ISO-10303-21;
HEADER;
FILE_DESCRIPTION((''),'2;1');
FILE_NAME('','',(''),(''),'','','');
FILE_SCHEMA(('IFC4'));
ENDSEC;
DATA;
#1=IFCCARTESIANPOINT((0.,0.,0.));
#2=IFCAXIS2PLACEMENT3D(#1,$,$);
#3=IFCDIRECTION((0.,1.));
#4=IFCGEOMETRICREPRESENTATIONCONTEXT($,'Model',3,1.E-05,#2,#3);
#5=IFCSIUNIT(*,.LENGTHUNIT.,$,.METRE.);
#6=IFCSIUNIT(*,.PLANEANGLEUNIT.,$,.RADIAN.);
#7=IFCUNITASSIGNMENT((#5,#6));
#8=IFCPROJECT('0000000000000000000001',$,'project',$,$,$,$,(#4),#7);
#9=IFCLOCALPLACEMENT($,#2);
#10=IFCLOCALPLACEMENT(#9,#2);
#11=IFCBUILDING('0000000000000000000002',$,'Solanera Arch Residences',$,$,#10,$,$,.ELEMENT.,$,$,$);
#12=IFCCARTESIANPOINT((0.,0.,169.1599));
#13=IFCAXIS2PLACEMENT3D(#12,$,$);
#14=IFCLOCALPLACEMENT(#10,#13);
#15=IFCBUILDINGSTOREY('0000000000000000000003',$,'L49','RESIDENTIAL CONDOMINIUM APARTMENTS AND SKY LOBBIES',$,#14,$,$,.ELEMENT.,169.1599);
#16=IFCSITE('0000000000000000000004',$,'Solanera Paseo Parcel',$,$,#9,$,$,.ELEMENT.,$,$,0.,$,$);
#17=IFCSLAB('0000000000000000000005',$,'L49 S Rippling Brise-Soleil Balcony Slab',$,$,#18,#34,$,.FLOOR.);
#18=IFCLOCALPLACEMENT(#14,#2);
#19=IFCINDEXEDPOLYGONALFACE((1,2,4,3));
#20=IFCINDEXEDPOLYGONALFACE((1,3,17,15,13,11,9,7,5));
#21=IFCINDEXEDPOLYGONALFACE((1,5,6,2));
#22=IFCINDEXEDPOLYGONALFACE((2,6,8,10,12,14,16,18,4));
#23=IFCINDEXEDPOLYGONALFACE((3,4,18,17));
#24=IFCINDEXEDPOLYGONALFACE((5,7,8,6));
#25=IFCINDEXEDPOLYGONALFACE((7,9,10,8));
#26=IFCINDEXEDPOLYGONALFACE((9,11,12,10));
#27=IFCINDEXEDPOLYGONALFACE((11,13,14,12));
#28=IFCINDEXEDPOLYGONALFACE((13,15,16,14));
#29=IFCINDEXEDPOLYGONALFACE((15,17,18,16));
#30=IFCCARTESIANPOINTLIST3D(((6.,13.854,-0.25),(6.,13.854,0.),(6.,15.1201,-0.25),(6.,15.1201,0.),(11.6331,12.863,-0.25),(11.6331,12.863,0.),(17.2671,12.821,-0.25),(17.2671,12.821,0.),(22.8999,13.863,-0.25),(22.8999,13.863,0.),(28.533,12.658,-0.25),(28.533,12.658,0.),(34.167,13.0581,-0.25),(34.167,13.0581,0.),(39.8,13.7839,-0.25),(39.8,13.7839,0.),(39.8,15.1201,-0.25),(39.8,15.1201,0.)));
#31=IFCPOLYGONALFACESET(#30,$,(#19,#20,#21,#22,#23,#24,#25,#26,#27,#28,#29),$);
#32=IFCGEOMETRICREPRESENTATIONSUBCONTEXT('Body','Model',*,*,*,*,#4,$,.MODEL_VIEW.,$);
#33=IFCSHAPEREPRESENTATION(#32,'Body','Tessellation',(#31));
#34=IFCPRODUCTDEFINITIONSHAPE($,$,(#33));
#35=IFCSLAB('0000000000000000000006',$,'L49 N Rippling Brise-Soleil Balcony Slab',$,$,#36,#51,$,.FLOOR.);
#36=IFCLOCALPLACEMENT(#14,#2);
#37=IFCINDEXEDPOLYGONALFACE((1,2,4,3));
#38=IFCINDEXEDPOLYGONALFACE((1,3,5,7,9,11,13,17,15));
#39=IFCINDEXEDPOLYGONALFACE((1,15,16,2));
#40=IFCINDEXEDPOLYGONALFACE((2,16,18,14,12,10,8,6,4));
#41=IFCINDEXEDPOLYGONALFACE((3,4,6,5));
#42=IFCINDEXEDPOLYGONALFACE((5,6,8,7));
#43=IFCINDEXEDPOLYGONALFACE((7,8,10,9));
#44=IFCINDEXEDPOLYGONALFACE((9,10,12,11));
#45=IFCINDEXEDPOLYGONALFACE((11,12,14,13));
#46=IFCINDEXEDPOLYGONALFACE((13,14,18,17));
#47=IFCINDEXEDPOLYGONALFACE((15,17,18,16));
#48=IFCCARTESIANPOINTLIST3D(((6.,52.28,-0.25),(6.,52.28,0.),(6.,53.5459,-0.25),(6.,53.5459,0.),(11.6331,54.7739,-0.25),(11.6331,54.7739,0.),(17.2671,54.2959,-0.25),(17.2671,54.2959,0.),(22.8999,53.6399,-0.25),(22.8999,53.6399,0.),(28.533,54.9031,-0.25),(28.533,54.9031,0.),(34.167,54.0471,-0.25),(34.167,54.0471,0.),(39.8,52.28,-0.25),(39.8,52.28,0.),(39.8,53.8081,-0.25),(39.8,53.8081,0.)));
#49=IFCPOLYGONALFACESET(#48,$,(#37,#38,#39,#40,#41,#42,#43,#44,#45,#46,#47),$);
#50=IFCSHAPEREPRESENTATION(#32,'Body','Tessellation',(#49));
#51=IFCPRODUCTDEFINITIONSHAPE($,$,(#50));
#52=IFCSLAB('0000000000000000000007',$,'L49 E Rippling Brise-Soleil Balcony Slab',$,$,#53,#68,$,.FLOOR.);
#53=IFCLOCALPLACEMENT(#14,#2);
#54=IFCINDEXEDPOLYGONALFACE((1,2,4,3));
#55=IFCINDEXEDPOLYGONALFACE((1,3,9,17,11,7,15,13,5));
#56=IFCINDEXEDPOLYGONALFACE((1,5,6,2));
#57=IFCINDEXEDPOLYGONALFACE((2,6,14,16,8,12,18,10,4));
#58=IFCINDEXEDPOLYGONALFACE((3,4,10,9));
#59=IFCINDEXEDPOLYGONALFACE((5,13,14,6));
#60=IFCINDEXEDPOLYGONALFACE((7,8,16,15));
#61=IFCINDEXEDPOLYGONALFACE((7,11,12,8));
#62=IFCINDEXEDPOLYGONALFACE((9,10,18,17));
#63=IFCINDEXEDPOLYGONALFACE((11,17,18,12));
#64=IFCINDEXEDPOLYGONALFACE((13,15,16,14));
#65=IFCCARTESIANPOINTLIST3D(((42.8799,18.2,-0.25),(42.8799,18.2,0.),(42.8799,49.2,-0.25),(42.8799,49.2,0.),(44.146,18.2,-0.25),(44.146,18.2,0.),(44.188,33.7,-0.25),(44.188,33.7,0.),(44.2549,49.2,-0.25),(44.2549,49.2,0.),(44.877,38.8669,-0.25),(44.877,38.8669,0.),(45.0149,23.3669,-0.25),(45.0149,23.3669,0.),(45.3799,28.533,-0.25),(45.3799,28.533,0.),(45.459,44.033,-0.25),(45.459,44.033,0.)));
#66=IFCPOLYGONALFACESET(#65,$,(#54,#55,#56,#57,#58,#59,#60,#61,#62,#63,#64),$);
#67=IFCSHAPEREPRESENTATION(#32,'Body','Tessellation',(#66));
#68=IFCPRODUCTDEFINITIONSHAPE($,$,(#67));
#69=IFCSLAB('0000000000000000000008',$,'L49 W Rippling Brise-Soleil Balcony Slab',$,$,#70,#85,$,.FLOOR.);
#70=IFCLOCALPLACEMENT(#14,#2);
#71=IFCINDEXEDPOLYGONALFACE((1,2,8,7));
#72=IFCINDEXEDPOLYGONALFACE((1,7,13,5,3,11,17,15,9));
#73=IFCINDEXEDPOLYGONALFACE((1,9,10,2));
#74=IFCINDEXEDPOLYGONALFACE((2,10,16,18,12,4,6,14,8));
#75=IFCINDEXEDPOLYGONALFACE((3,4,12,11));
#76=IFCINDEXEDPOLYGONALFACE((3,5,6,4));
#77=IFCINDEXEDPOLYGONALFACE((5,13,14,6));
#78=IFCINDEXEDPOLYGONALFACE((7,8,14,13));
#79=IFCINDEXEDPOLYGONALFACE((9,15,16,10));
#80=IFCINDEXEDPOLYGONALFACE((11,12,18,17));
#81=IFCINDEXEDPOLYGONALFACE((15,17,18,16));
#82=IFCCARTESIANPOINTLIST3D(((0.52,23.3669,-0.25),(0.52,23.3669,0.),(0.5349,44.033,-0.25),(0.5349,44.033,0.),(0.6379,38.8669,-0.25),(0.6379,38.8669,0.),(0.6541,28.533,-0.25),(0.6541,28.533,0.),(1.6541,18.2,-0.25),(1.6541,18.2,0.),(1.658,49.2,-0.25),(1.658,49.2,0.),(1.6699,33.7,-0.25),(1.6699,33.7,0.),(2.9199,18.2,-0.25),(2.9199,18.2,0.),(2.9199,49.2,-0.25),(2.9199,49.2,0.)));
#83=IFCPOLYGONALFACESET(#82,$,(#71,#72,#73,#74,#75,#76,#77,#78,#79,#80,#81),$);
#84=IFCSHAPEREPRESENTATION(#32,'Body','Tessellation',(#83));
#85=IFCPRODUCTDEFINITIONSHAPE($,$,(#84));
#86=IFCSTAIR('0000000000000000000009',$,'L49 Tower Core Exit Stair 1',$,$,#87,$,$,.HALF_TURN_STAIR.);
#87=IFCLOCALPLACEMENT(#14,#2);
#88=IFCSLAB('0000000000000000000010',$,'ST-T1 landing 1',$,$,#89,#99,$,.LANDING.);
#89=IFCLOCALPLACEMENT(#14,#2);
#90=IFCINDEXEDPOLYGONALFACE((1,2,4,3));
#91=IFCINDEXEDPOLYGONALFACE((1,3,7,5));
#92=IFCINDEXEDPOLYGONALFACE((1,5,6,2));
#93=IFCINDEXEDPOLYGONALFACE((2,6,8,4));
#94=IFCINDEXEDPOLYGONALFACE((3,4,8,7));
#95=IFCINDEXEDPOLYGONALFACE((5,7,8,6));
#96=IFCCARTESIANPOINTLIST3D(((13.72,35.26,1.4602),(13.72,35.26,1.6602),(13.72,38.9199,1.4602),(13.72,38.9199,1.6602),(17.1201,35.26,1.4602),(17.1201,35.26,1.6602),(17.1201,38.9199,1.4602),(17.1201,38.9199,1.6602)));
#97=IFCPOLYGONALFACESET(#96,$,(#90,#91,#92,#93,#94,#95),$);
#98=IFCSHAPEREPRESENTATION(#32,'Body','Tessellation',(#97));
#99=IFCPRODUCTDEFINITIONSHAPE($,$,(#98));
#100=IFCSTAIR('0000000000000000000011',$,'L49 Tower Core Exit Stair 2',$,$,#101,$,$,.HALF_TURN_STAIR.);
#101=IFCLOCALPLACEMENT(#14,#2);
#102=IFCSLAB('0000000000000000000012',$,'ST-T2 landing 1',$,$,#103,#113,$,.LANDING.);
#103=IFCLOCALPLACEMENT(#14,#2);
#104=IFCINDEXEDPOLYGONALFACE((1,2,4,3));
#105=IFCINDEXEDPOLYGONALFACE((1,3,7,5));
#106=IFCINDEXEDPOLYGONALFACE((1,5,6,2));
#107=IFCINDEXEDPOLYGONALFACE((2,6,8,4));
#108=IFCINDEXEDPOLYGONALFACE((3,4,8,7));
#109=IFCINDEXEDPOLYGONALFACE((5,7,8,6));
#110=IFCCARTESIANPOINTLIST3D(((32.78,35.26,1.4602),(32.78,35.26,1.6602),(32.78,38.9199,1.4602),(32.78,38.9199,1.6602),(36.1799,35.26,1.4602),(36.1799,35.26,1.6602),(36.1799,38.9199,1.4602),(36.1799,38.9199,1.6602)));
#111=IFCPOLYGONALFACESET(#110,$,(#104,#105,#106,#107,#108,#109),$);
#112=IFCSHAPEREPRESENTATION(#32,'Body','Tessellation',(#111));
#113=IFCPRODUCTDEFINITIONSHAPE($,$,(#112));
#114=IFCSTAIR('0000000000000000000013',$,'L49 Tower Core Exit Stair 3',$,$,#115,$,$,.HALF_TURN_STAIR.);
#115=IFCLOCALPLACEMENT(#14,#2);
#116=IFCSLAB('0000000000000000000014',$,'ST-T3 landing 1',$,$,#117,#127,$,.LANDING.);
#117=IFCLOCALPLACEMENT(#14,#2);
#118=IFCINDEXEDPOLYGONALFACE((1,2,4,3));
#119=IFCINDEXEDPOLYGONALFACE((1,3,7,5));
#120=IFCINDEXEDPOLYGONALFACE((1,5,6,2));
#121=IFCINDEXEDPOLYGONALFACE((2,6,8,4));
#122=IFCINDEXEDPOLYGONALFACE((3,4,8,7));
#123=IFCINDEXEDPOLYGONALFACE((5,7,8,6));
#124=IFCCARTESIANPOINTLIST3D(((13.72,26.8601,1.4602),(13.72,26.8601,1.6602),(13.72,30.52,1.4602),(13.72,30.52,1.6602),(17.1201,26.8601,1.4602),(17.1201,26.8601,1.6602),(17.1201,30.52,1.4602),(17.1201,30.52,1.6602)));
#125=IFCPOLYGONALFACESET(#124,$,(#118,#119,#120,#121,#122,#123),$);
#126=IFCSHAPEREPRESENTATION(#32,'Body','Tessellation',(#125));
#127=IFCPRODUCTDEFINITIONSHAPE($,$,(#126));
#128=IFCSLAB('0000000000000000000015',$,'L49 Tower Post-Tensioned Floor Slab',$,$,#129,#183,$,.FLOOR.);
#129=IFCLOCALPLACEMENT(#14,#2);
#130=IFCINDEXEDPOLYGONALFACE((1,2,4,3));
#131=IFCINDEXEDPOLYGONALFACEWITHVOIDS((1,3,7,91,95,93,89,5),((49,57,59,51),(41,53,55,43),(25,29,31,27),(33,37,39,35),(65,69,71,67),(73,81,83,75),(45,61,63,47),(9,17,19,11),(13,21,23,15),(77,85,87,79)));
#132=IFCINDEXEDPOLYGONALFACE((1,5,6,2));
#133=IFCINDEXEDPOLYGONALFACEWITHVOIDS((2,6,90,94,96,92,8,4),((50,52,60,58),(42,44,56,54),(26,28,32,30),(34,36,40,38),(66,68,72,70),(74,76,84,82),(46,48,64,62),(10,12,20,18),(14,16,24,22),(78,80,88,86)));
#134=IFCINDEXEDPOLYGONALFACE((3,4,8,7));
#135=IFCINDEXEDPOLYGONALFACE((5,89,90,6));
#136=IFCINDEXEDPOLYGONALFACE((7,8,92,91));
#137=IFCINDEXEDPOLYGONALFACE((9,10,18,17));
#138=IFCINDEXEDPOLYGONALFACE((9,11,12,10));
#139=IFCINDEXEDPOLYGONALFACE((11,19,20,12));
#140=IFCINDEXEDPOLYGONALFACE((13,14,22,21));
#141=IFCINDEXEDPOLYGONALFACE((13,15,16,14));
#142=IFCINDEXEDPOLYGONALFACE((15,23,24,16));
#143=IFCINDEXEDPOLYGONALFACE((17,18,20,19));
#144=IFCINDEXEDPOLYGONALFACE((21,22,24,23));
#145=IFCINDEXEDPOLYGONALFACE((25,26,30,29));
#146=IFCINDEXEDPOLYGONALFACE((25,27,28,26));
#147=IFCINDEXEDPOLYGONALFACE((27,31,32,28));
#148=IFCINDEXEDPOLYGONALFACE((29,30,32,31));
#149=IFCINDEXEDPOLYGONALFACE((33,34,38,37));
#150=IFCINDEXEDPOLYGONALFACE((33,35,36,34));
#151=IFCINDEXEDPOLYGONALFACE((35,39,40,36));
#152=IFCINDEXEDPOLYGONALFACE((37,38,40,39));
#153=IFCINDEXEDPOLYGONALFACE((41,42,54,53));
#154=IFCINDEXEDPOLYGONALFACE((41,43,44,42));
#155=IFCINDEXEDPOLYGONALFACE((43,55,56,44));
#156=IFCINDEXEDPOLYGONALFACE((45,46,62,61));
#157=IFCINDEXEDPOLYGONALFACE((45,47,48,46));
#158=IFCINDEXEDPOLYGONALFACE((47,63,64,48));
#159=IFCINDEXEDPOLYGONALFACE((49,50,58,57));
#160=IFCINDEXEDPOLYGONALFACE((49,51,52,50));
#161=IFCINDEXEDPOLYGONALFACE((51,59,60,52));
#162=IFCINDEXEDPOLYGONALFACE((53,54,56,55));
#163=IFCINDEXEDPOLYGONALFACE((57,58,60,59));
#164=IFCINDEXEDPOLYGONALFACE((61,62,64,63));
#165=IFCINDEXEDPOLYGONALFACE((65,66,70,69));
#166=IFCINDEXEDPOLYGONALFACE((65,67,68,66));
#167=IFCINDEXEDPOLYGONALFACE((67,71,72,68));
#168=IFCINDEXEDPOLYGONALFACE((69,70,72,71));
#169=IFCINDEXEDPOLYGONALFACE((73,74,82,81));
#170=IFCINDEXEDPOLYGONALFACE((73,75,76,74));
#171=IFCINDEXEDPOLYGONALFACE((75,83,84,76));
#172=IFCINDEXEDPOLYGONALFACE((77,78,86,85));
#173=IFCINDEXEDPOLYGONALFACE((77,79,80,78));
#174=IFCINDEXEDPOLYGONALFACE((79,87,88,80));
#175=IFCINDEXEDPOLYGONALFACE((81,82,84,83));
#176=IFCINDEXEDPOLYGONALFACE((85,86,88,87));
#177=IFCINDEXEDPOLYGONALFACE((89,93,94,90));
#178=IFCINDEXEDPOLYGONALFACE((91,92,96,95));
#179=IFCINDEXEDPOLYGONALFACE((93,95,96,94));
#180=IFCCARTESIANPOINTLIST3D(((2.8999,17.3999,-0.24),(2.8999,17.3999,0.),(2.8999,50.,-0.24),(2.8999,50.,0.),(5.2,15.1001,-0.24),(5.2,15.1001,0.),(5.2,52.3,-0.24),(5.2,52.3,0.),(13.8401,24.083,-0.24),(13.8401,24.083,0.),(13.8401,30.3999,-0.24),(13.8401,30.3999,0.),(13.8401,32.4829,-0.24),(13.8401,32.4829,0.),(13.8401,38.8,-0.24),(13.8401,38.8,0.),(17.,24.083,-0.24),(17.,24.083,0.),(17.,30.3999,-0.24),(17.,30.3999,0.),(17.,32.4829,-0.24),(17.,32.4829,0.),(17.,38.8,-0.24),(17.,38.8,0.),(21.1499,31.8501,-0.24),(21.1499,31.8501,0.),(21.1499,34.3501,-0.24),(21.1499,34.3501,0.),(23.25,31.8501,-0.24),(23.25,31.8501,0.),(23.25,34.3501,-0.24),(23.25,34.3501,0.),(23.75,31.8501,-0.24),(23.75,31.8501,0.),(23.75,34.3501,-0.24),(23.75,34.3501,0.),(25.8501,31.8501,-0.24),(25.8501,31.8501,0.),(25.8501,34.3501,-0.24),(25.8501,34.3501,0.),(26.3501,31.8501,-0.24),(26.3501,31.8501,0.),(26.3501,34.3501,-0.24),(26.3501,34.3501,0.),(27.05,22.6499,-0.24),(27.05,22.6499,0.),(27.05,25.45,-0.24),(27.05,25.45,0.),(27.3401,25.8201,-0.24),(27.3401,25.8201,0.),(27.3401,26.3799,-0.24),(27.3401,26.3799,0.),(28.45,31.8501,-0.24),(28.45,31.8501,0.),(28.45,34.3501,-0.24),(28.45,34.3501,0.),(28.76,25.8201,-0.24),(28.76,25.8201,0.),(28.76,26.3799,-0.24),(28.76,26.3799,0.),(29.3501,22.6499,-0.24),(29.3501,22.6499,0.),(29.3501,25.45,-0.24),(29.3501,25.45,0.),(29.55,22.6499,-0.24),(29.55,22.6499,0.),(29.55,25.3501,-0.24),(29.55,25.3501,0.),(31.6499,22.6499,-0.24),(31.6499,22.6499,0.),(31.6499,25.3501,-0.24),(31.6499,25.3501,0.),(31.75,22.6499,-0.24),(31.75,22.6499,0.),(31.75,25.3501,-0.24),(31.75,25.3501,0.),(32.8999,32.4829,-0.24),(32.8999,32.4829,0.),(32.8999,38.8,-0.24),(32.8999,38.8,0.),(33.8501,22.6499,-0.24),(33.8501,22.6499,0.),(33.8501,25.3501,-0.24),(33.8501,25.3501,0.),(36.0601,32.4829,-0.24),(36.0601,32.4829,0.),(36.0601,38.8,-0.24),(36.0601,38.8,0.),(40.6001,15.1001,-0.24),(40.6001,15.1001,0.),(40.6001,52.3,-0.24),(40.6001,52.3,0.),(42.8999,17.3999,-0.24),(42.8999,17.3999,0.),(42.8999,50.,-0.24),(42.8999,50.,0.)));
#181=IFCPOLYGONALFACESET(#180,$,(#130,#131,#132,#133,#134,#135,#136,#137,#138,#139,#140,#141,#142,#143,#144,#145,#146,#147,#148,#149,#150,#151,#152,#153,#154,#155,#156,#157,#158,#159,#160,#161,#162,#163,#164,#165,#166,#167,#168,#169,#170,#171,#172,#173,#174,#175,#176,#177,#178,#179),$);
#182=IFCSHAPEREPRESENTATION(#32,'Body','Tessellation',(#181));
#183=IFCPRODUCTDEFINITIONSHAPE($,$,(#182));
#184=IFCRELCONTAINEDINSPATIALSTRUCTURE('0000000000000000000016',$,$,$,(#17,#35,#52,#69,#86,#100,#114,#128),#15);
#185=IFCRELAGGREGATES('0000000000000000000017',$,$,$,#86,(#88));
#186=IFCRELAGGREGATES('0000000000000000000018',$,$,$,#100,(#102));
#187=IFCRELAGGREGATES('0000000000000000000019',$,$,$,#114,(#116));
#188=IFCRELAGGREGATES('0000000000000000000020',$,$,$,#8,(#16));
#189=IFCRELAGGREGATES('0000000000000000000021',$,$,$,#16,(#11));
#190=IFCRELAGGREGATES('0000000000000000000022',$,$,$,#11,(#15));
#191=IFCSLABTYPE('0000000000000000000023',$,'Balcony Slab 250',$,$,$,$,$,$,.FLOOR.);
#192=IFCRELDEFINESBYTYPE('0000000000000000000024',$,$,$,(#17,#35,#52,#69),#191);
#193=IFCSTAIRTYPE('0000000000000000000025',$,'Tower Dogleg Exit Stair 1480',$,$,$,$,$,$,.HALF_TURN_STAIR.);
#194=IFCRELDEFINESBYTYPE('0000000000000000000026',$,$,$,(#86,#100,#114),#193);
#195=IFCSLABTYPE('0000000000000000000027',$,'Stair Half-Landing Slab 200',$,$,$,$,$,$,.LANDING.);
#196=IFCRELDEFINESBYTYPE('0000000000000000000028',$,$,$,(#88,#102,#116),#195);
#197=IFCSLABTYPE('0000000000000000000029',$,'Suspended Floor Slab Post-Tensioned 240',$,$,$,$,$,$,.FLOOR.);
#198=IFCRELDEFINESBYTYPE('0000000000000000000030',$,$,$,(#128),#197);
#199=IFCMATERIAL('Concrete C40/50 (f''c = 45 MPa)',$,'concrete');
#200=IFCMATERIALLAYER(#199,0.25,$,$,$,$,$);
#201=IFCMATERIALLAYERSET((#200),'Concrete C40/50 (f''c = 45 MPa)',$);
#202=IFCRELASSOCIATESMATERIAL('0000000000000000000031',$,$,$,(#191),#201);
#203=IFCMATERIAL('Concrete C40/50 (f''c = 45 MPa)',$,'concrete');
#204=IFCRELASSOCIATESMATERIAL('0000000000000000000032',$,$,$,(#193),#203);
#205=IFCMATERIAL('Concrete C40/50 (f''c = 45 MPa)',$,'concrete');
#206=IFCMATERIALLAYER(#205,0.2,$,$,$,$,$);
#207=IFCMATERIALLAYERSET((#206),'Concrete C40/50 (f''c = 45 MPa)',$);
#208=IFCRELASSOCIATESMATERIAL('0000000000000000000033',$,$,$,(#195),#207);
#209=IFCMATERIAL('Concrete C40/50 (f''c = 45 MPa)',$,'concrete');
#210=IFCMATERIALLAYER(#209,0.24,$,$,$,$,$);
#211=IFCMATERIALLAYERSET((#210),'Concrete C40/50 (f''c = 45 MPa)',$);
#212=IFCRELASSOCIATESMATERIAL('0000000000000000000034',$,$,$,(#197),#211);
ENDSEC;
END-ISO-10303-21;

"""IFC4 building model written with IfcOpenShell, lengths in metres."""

from ifc_helpers import new_model, si_unit, direction, frame, origin, place, context, subcontext, project, spatial, polyline, outline, extrude, material, layer, layer_set, type_object, element, aggregate, save


model = new_model("IFC4")

# Units and contexts
model_context = context("Model", 3, precision=1e-05, world=origin(), true_north=direction((0.0, 1.0)))
body_context = subcontext(model_context, "Body", "Model", "MODEL_VIEW")
ifc_project = project(units=[si_unit("LENGTHUNIT", "METRE"), si_unit("PLANEANGLEUNIT", "RADIAN")], contexts=[model_context])

# Site, building, storey
site_placement = place(None, origin())
site = spatial("IfcSite", under=ifc_project, at=site_placement, Name="Solanera Paseo Parcel", CompositionType="ELEMENT", RefElevation=0.0)
building_placement = place(site_placement, origin())
building = spatial("IfcBuilding", under=site, at=building_placement, Name="Solanera Arch Residences", CompositionType="ELEMENT")
storey_placement = place(building_placement, frame((0.0, 0.0, 169.1599)))
storey = spatial("IfcBuildingStorey", under=building, at=storey_placement, Name="L49", Description="RESIDENTIAL CONDOMINIUM APARTMENTS AND SKY LOBBIES", CompositionType="ELEMENT", Elevation=169.1599)

# Slabs
ifc_material_1 = material(Name="Concrete C40/50 (f'c = 45 MPa)", Category="concrete")
ifc_layer_1 = layer(ifc_material_1, 0.25)
ifc_layer_set_1 = layer_set([ifc_layer_1], Name="Concrete C40/50 (f'c = 45 MPa)")
slab_type_1 = type_object("IfcSlabType", Name="Balcony Slab 250", PredefinedType="FLOOR", material=ifc_layer_set_1)
slab_1_placement = place(storey_placement, frame((0.0, 0.0, -0.25)))
element("IfcSlab", 1, at=slab_1_placement, inside=storey, type_object=slab_type_1, Name="L49 S Rippling Brise-Soleil Balcony Slab", PredefinedType="FLOOR", context=body_context, shape_type="SweptSolid", body=[
    extrude(outline(polyline([(6.0, 13.854), (11.6331, 12.863), (17.2671, 12.821), (22.8999, 13.863), (28.533, 12.658), (34.167, 13.0581), (39.8, 13.7839), (39.8, 15.1201), (6.0, 15.1201), (6.0, 13.854)])), origin(), (0.0, 0.0, 1.0), 0.25),
])
slab_2_placement = place(storey_placement, frame((0.0, 0.0, -0.25)))
element("IfcSlab", 2, at=slab_2_placement, inside=storey, type_object=slab_type_1, Name="L49 N Rippling Brise-Soleil Balcony Slab", PredefinedType="FLOOR", context=body_context, shape_type="SweptSolid", body=[
    extrude(outline(polyline([(39.8, 53.8081), (34.167, 54.0471), (28.533, 54.9031), (22.8999, 53.6399), (17.2671, 54.2959), (11.6331, 54.7739), (6.0, 53.5459), (6.0, 52.28), (39.8, 52.28), (39.8, 53.8081)])), origin(), (0.0, 0.0, 1.0), 0.25),
])
slab_3_placement = place(storey_placement, frame((0.0, 0.0, -0.25)))
element("IfcSlab", 3, at=slab_3_placement, inside=storey, type_object=slab_type_1, Name="L49 E Rippling Brise-Soleil Balcony Slab", PredefinedType="FLOOR", context=body_context, shape_type="SweptSolid", body=[
    extrude(outline(polyline([(44.146, 18.2), (45.0149, 23.3669), (45.3799, 28.533), (44.188, 33.7), (44.877, 38.8669), (45.459, 44.033), (44.2549, 49.2), (42.8799, 49.2), (42.8799, 18.2), (44.146, 18.2)])), origin(), (0.0, 0.0, 1.0), 0.25),
])
slab_4_placement = place(storey_placement, frame((0.0, 0.0, -0.25)))
element("IfcSlab", 4, at=slab_4_placement, inside=storey, type_object=slab_type_1, Name="L49 W Rippling Brise-Soleil Balcony Slab", PredefinedType="FLOOR", context=body_context, shape_type="SweptSolid", body=[
    extrude(outline(polyline([(1.658, 49.2), (0.5349, 44.033), (0.6379, 38.8669), (1.6699, 33.7), (0.6541, 28.533), (0.52, 23.3669), (1.6541, 18.2), (2.9199, 18.2), (2.9199, 49.2), (1.658, 49.2)])), origin(), (0.0, 0.0, 1.0), 0.25),
])

# Stairs, slabs
ifc_material_2 = material(Name="Concrete C40/50 (f'c = 45 MPa)", Category="concrete")
stair_type = type_object("IfcStairType", Name="Tower Dogleg Exit Stair 1480", PredefinedType="HALF_TURN_STAIR", material=ifc_material_2)
stair_1_placement = place(storey_placement, origin())
stair_1 = element("IfcStair", 5, at=stair_1_placement, inside=storey, type_object=stair_type, Name="L49 Tower Core Exit Stair 1", PredefinedType="HALF_TURN_STAIR")
ifc_material_3 = material(Name="Concrete C40/50 (f'c = 45 MPa)", Category="concrete")
ifc_layer_2 = layer(ifc_material_3, 0.2)
ifc_layer_set_2 = layer_set([ifc_layer_2], Name="Concrete C40/50 (f'c = 45 MPa)")
slab_type_2 = type_object("IfcSlabType", Name="Stair Half-Landing Slab 200", PredefinedType="LANDING", material=ifc_layer_set_2)
slab_5_placement = place(storey_placement, frame((0.0, 0.0, 1.4602)))
slab_5 = element("IfcSlab", 6, at=slab_5_placement, type_object=slab_type_2, Name="ST-T1 landing 1", PredefinedType="LANDING", context=body_context, shape_type="SweptSolid", body=[
    extrude(outline(polyline([(17.1201, 35.26), (17.1201, 38.9199), (13.72, 38.9199), (13.72, 35.26), (17.1201, 35.26)])), origin(), (0.0, 0.0, 1.0), 0.2),
])
aggregate(stair_1, [slab_5])
stair_2_placement = place(storey_placement, origin())
stair_2 = element("IfcStair", 7, at=stair_2_placement, inside=storey, type_object=stair_type, Name="L49 Tower Core Exit Stair 2", PredefinedType="HALF_TURN_STAIR")
slab_6_placement = place(storey_placement, frame((0.0, 0.0, 1.4602)))
slab_6 = element("IfcSlab", 8, at=slab_6_placement, type_object=slab_type_2, Name="ST-T2 landing 1", PredefinedType="LANDING", context=body_context, shape_type="SweptSolid", body=[
    extrude(outline(polyline([(36.1799, 35.26), (36.1799, 38.9199), (32.78, 38.9199), (32.78, 35.26), (36.1799, 35.26)])), origin(), (0.0, 0.0, 1.0), 0.2),
])
aggregate(stair_2, [slab_6])
stair_3_placement = place(storey_placement, origin())
stair_3 = element("IfcStair", 9, at=stair_3_placement, inside=storey, type_object=stair_type, Name="L49 Tower Core Exit Stair 3", PredefinedType="HALF_TURN_STAIR")
slab_7_placement = place(storey_placement, frame((0.0, 0.0, 1.4602)))
slab_7 = element("IfcSlab", 10, at=slab_7_placement, type_object=slab_type_2, Name="ST-T3 landing 1", PredefinedType="LANDING", context=body_context, shape_type="SweptSolid", body=[
    extrude(outline(polyline([(17.1201, 26.8601), (17.1201, 30.52), (13.72, 30.52), (13.72, 26.8601), (17.1201, 26.8601)])), origin(), (0.0, 0.0, 1.0), 0.2),
])
aggregate(stair_3, [slab_7])

# Slab
ifc_material_4 = material(Name="Concrete C40/50 (f'c = 45 MPa)", Category="concrete")
ifc_layer_3 = layer(ifc_material_4, 0.24)
ifc_layer_set_3 = layer_set([ifc_layer_3], Name="Concrete C40/50 (f'c = 45 MPa)")
slab_type_3 = type_object("IfcSlabType", Name="Suspended Floor Slab Post-Tensioned 240", PredefinedType="FLOOR", material=ifc_layer_set_3)
slab_8_placement = place(storey_placement, frame((0.0, 0.0, -0.24)))
element("IfcSlab", 11, at=slab_8_placement, inside=storey, type_object=slab_type_3, Name="L49 Tower Post-Tensioned Floor Slab", PredefinedType="FLOOR", context=body_context, shape_type="SweptSolid", body=[
    extrude(outline(polyline([(5.2, 15.1001), (40.6001, 15.1001), (42.8999, 17.3999), (42.8999, 50.0), (40.6001, 52.3), (5.2, 52.3), (2.8999, 50.0), (2.8999, 17.3999), (5.2, 15.1001)]), holes=[polyline([(13.8401, 32.4829), (13.8401, 38.8), (17.0, 38.8), (17.0, 32.4829), (13.8401, 32.4829)]), polyline([(32.8999, 32.4829), (32.8999, 38.8), (36.0601, 38.8), (36.0601, 32.4829), (32.8999, 32.4829)]), polyline([(13.8401, 24.083), (13.8401, 30.3999), (17.0, 30.3999), (17.0, 24.083), (13.8401, 24.083)]), polyline([(21.1499, 34.3501), (23.25, 34.3501), (23.25, 31.8501), (21.1499, 31.8501), (21.1499, 34.3501)]), polyline([(23.75, 34.3501), (25.8501, 34.3501), (25.8501, 31.8501), (23.75, 31.8501), (23.75, 34.3501)]), polyline([(26.3501, 34.3501), (28.45, 34.3501), (28.45, 31.8501), (26.3501, 31.8501), (26.3501, 34.3501)]), polyline([(29.55, 25.3501), (31.6499, 25.3501), (31.6499, 22.6499), (29.55, 22.6499), (29.55, 25.3501)]), polyline([(31.75, 25.3501), (33.8501, 25.3501), (33.8501, 22.6499), (31.75, 22.6499), (31.75, 25.3501)]), polyline([(27.05, 25.45), (29.3501, 25.45), (29.3501, 22.6499), (27.05, 22.6499), (27.05, 25.45)]), polyline([(27.3401, 26.3799), (28.76, 26.3799), (28.76, 25.8201), (27.3401, 25.8201), (27.3401, 26.3799)])]), origin(), (0.0, 0.0, 1.0), 0.24),
])

save(model, "model.ifc")
